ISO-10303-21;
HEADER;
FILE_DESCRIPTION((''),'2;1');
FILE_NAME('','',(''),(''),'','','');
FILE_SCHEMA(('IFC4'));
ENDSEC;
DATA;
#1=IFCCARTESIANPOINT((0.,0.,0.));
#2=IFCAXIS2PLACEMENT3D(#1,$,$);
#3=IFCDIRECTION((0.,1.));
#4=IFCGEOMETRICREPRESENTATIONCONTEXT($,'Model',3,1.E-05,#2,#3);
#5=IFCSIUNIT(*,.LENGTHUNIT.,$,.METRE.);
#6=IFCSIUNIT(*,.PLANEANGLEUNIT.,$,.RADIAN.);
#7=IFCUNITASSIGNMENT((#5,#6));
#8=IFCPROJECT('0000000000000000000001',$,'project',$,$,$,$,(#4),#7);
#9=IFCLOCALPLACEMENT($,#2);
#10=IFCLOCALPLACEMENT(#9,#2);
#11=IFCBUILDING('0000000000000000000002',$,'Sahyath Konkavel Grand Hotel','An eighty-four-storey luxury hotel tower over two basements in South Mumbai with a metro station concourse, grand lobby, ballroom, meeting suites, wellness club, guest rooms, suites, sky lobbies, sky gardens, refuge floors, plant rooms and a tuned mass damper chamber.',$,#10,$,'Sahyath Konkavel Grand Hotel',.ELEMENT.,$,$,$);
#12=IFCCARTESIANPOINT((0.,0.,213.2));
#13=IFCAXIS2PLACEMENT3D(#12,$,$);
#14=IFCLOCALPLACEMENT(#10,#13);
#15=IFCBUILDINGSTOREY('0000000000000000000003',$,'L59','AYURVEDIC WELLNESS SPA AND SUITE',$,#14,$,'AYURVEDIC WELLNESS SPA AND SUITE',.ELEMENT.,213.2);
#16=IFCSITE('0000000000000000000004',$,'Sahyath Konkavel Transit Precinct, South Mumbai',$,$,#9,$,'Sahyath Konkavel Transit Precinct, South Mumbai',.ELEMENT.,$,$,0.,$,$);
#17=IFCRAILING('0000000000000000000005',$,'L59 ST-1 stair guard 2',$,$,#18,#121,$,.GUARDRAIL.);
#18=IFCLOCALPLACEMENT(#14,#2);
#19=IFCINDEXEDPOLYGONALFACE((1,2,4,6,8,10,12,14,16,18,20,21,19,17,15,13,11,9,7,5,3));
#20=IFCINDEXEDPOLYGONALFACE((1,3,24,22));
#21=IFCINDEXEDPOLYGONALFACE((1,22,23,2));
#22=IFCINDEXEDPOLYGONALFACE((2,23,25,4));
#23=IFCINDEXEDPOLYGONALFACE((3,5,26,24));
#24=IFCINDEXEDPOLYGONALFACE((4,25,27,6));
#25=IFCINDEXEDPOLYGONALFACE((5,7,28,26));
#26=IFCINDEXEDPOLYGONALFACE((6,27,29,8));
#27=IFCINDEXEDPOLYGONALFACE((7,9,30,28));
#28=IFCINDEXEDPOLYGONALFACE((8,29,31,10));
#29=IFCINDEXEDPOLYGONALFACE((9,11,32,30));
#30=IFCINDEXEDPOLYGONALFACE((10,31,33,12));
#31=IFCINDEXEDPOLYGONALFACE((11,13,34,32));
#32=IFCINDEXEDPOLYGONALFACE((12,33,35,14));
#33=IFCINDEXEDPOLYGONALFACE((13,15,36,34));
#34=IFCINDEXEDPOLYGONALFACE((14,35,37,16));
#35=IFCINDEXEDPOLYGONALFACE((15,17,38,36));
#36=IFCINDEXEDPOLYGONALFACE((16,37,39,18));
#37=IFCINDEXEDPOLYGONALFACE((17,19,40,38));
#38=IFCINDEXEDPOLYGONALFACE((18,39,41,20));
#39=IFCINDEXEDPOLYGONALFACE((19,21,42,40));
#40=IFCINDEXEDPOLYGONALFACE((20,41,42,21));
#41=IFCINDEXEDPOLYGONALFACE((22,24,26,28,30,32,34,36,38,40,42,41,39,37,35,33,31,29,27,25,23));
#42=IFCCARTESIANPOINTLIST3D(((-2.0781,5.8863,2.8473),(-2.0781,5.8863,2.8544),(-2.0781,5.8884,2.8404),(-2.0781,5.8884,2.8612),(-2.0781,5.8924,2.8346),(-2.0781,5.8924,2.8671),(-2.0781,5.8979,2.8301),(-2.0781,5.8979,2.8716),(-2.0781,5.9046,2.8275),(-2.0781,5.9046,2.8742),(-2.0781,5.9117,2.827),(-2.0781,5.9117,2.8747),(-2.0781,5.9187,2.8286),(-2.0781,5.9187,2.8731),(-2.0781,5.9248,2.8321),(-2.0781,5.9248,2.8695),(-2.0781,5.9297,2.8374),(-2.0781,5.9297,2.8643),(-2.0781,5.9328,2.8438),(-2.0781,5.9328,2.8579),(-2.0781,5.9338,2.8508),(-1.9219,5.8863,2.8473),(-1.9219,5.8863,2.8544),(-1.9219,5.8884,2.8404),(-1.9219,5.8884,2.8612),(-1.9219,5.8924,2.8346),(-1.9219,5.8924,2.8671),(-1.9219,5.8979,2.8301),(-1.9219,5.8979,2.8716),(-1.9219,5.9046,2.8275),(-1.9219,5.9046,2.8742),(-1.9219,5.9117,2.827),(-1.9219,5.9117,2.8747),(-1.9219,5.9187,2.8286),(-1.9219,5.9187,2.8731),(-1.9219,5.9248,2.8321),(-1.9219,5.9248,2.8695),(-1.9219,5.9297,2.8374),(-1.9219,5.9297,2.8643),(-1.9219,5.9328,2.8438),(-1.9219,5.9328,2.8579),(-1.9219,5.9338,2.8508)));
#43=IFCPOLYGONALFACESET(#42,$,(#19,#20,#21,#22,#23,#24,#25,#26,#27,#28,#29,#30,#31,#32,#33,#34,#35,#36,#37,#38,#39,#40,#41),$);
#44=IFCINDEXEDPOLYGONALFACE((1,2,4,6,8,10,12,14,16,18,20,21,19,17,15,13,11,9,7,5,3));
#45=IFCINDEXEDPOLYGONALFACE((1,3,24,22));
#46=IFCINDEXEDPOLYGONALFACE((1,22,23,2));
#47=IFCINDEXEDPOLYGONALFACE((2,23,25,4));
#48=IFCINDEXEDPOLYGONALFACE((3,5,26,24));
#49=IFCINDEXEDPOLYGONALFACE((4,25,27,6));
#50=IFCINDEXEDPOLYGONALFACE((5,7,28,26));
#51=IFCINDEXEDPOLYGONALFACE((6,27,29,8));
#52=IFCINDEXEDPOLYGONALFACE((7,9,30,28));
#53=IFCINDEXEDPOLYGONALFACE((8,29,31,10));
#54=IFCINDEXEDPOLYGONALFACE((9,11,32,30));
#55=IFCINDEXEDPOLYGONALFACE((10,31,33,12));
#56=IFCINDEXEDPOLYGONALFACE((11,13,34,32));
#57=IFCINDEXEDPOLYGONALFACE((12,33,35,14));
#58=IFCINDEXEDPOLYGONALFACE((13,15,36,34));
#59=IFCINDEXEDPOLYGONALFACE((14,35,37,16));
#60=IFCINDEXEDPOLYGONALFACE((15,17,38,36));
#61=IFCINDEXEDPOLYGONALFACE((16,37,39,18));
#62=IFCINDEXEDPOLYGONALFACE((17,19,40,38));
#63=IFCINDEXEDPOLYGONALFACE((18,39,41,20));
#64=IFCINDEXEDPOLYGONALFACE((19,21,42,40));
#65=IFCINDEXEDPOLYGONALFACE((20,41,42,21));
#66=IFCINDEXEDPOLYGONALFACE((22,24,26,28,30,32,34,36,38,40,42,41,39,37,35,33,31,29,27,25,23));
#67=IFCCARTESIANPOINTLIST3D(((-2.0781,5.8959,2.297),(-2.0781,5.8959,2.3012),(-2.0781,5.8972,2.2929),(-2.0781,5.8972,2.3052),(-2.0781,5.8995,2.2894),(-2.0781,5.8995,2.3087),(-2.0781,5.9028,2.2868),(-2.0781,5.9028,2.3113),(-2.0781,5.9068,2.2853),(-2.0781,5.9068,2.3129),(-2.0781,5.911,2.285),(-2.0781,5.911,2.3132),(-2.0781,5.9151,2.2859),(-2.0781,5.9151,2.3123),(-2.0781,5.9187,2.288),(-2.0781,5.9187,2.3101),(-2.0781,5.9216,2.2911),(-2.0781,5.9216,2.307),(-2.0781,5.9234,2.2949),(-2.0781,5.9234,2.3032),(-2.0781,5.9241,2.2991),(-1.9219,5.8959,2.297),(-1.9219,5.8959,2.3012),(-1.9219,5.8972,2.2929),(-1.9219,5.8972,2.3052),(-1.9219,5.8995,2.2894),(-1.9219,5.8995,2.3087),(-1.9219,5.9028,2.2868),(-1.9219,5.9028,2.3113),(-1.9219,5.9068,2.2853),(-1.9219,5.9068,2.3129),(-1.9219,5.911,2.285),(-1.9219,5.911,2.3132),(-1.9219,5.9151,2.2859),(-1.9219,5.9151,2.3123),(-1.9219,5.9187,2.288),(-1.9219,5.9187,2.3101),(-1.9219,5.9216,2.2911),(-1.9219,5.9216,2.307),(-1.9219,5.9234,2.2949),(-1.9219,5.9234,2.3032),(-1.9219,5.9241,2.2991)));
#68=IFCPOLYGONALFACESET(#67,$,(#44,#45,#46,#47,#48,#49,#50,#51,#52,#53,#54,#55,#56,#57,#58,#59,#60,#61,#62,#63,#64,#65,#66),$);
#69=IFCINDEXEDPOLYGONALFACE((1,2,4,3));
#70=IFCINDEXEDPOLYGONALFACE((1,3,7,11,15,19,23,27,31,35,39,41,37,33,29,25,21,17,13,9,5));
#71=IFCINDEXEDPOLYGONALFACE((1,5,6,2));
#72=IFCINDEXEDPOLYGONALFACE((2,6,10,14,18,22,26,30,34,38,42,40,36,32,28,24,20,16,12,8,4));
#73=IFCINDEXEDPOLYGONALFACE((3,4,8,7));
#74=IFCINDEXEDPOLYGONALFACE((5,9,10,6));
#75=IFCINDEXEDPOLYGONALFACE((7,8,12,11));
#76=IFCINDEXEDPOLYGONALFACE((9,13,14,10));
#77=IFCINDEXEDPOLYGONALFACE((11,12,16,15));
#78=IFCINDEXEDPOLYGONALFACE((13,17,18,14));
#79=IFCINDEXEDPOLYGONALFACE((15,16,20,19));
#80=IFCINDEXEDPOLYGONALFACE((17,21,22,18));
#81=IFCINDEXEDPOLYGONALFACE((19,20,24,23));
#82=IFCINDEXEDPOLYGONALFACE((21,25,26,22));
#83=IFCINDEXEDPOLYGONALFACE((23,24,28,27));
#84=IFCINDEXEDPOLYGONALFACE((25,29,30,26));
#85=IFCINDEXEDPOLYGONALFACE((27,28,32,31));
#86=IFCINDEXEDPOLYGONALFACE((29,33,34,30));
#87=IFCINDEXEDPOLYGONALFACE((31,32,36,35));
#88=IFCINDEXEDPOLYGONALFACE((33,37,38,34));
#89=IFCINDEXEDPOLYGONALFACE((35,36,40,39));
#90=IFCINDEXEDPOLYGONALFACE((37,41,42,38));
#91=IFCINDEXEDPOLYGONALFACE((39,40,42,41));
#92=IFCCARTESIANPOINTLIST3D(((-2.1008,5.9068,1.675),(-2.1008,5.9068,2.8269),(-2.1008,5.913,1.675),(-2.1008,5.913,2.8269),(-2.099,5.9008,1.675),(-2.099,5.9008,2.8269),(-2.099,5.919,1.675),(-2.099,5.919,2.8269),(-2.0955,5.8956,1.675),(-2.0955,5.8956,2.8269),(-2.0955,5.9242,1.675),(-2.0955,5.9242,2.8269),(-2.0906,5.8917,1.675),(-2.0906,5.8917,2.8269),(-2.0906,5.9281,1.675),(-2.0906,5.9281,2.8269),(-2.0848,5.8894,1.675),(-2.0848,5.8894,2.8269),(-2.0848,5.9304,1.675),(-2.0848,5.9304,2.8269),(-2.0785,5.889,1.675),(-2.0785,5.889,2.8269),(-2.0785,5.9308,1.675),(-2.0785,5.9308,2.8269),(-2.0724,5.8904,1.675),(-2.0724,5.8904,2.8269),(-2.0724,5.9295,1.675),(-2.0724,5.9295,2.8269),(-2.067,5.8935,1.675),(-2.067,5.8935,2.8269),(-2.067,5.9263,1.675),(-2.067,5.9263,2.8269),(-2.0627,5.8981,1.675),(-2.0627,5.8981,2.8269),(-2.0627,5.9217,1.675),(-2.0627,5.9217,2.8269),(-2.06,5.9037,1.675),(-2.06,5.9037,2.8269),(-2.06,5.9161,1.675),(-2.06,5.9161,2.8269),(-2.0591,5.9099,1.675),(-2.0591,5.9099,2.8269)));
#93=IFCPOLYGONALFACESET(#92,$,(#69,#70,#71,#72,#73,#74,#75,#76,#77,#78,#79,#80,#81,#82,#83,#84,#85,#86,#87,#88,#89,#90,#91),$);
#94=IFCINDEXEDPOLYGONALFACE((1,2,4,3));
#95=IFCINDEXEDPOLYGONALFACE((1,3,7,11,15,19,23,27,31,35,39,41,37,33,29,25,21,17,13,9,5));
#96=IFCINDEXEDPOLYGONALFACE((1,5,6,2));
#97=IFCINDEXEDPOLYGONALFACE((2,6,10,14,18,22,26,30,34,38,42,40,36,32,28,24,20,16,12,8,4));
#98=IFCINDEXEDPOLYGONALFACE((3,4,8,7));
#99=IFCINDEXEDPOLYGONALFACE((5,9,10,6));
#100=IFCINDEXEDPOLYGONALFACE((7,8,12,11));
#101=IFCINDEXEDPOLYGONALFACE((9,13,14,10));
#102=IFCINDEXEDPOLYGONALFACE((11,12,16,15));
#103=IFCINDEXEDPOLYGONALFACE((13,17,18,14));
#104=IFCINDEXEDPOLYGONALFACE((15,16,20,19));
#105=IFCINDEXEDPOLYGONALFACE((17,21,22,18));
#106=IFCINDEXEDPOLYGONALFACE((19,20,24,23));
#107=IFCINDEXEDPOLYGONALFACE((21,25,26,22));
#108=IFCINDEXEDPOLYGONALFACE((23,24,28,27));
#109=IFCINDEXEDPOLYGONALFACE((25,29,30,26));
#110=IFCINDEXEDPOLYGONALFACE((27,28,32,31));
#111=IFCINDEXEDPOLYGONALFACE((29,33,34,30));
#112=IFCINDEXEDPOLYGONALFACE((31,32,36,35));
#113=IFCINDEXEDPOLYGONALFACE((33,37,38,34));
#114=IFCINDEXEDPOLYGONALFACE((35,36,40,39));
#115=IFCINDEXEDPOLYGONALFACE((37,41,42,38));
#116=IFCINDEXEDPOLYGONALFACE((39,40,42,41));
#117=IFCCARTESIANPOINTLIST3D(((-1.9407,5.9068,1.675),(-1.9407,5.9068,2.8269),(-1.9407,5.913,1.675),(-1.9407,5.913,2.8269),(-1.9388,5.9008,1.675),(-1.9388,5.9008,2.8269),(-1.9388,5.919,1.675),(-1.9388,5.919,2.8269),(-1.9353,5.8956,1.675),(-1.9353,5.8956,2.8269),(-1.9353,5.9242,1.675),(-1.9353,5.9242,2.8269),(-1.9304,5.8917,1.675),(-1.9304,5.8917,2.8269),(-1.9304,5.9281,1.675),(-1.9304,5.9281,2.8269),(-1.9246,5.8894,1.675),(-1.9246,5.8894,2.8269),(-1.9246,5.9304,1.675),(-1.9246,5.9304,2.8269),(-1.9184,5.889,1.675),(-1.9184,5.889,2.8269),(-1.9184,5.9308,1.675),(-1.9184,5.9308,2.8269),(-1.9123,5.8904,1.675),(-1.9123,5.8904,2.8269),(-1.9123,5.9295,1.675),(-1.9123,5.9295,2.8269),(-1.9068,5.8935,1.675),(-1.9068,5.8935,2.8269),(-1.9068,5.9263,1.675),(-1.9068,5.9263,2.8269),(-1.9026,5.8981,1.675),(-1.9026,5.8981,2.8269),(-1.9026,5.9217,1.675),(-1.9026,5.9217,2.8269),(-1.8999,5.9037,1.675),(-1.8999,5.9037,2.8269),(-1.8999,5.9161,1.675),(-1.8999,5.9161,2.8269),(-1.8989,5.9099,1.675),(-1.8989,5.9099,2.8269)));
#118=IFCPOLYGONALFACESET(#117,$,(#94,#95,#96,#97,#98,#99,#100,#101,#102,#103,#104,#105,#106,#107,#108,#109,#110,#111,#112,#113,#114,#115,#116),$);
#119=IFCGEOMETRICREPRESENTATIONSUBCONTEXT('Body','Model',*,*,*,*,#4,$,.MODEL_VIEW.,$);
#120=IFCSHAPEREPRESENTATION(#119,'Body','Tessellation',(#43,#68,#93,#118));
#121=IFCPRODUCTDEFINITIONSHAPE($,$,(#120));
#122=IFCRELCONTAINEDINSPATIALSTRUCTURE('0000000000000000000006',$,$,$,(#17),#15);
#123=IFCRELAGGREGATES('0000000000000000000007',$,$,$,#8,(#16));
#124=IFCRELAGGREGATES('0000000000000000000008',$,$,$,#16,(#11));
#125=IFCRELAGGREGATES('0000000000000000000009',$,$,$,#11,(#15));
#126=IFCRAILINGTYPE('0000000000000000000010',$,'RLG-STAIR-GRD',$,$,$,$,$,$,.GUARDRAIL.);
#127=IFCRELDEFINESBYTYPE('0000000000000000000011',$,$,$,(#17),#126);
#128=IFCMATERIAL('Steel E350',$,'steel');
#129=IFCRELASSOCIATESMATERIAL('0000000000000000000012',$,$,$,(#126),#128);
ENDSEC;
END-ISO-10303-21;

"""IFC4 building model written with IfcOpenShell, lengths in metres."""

from ifc_helpers import new_model, si_unit, direction, frame, origin, origin_2d, place, context, subcontext, project, spatial, circle, extrude, material, type_object, element, save


model = new_model("IFC4")

# Units and contexts
model_context = context("Model", 3, precision=1e-05, world=origin(), true_north=direction((0.0, 1.0)))
body_context = subcontext(model_context, "Body", "Model", "MODEL_VIEW")
ifc_project = project(units=[si_unit("LENGTHUNIT", "METRE"), si_unit("PLANEANGLEUNIT", "RADIAN")], contexts=[model_context])

# Site, building, storey
site_placement = place(None, origin())
site = spatial("IfcSite", under=ifc_project, at=site_placement, Name="Sahyath Konkavel Transit Precinct, South Mumbai", LongName="Sahyath Konkavel Transit Precinct, South Mumbai", CompositionType="ELEMENT", RefElevation=0.0)
building_placement = place(site_placement, origin())
building = spatial("IfcBuilding", under=site, at=building_placement, Name="Sahyath Konkavel Grand Hotel", Description="An eighty-four-storey luxury hotel tower over two basements in South Mumbai with a metro station concourse, grand lobby, ballroom, meeting suites, wellness club, guest rooms, suites, sky lobbies, sky gardens, refuge floors, plant rooms and a tuned mass damper chamber.", LongName="Sahyath Konkavel Grand Hotel", CompositionType="ELEMENT")
storey_placement = place(building_placement, frame((0.0, 0.0, 213.2)))
storey = spatial("IfcBuildingStorey", under=building, at=storey_placement, Name="L59", Description="AYURVEDIC WELLNESS SPA AND SUITE", LongName="AYURVEDIC WELLNESS SPA AND SUITE", CompositionType="ELEMENT", Elevation=213.2)

# Shared definitions
ifc_material_1 = material(Name="Steel E350", Category="steel")

# Railing
railing_type = type_object("IfcRailingType", Name="RLG-STAIR-GRD", PredefinedType="GUARDRAIL", material=ifc_material_1)
railing_1_placement = place(storey_placement, frame((-2.0801, 5.9099, 1.675)))
element("IfcRailing", 1, at=railing_1_placement, inside=storey, type_object=railing_type, Name="L59 ST-1 stair guard 2", PredefinedType="GUARDRAIL", context=body_context, shape_type="SweptSolid", body=[
    extrude(circle(Radius=0.0239, at=origin_2d()), frame((0.002, 0.0, 1.1758), z_axis=(1.0, 0.0, 0.0), x_axis=(0.0, 1.0, 0.0)), (0.0, 0.0, 1.0), 0.1562),
    extrude(circle(Radius=0.0142, at=origin_2d()), frame((0.002, 0.0, 0.624), z_axis=(1.0, 0.0, 0.0), x_axis=(0.0, 1.0, 0.0)), (0.0, 0.0, 1.0), 0.1562),
    extrude(circle(Radius=0.021, at=origin_2d()), origin(), (0.0, 0.0, 1.0), 1.1519),
    extrude(circle(Radius=0.021, at=origin_2d()), frame((0.1602, 0.0, 0.0)), (0.0, 0.0, 1.0), 1.1519),
])

save(model, "model.ifc")
